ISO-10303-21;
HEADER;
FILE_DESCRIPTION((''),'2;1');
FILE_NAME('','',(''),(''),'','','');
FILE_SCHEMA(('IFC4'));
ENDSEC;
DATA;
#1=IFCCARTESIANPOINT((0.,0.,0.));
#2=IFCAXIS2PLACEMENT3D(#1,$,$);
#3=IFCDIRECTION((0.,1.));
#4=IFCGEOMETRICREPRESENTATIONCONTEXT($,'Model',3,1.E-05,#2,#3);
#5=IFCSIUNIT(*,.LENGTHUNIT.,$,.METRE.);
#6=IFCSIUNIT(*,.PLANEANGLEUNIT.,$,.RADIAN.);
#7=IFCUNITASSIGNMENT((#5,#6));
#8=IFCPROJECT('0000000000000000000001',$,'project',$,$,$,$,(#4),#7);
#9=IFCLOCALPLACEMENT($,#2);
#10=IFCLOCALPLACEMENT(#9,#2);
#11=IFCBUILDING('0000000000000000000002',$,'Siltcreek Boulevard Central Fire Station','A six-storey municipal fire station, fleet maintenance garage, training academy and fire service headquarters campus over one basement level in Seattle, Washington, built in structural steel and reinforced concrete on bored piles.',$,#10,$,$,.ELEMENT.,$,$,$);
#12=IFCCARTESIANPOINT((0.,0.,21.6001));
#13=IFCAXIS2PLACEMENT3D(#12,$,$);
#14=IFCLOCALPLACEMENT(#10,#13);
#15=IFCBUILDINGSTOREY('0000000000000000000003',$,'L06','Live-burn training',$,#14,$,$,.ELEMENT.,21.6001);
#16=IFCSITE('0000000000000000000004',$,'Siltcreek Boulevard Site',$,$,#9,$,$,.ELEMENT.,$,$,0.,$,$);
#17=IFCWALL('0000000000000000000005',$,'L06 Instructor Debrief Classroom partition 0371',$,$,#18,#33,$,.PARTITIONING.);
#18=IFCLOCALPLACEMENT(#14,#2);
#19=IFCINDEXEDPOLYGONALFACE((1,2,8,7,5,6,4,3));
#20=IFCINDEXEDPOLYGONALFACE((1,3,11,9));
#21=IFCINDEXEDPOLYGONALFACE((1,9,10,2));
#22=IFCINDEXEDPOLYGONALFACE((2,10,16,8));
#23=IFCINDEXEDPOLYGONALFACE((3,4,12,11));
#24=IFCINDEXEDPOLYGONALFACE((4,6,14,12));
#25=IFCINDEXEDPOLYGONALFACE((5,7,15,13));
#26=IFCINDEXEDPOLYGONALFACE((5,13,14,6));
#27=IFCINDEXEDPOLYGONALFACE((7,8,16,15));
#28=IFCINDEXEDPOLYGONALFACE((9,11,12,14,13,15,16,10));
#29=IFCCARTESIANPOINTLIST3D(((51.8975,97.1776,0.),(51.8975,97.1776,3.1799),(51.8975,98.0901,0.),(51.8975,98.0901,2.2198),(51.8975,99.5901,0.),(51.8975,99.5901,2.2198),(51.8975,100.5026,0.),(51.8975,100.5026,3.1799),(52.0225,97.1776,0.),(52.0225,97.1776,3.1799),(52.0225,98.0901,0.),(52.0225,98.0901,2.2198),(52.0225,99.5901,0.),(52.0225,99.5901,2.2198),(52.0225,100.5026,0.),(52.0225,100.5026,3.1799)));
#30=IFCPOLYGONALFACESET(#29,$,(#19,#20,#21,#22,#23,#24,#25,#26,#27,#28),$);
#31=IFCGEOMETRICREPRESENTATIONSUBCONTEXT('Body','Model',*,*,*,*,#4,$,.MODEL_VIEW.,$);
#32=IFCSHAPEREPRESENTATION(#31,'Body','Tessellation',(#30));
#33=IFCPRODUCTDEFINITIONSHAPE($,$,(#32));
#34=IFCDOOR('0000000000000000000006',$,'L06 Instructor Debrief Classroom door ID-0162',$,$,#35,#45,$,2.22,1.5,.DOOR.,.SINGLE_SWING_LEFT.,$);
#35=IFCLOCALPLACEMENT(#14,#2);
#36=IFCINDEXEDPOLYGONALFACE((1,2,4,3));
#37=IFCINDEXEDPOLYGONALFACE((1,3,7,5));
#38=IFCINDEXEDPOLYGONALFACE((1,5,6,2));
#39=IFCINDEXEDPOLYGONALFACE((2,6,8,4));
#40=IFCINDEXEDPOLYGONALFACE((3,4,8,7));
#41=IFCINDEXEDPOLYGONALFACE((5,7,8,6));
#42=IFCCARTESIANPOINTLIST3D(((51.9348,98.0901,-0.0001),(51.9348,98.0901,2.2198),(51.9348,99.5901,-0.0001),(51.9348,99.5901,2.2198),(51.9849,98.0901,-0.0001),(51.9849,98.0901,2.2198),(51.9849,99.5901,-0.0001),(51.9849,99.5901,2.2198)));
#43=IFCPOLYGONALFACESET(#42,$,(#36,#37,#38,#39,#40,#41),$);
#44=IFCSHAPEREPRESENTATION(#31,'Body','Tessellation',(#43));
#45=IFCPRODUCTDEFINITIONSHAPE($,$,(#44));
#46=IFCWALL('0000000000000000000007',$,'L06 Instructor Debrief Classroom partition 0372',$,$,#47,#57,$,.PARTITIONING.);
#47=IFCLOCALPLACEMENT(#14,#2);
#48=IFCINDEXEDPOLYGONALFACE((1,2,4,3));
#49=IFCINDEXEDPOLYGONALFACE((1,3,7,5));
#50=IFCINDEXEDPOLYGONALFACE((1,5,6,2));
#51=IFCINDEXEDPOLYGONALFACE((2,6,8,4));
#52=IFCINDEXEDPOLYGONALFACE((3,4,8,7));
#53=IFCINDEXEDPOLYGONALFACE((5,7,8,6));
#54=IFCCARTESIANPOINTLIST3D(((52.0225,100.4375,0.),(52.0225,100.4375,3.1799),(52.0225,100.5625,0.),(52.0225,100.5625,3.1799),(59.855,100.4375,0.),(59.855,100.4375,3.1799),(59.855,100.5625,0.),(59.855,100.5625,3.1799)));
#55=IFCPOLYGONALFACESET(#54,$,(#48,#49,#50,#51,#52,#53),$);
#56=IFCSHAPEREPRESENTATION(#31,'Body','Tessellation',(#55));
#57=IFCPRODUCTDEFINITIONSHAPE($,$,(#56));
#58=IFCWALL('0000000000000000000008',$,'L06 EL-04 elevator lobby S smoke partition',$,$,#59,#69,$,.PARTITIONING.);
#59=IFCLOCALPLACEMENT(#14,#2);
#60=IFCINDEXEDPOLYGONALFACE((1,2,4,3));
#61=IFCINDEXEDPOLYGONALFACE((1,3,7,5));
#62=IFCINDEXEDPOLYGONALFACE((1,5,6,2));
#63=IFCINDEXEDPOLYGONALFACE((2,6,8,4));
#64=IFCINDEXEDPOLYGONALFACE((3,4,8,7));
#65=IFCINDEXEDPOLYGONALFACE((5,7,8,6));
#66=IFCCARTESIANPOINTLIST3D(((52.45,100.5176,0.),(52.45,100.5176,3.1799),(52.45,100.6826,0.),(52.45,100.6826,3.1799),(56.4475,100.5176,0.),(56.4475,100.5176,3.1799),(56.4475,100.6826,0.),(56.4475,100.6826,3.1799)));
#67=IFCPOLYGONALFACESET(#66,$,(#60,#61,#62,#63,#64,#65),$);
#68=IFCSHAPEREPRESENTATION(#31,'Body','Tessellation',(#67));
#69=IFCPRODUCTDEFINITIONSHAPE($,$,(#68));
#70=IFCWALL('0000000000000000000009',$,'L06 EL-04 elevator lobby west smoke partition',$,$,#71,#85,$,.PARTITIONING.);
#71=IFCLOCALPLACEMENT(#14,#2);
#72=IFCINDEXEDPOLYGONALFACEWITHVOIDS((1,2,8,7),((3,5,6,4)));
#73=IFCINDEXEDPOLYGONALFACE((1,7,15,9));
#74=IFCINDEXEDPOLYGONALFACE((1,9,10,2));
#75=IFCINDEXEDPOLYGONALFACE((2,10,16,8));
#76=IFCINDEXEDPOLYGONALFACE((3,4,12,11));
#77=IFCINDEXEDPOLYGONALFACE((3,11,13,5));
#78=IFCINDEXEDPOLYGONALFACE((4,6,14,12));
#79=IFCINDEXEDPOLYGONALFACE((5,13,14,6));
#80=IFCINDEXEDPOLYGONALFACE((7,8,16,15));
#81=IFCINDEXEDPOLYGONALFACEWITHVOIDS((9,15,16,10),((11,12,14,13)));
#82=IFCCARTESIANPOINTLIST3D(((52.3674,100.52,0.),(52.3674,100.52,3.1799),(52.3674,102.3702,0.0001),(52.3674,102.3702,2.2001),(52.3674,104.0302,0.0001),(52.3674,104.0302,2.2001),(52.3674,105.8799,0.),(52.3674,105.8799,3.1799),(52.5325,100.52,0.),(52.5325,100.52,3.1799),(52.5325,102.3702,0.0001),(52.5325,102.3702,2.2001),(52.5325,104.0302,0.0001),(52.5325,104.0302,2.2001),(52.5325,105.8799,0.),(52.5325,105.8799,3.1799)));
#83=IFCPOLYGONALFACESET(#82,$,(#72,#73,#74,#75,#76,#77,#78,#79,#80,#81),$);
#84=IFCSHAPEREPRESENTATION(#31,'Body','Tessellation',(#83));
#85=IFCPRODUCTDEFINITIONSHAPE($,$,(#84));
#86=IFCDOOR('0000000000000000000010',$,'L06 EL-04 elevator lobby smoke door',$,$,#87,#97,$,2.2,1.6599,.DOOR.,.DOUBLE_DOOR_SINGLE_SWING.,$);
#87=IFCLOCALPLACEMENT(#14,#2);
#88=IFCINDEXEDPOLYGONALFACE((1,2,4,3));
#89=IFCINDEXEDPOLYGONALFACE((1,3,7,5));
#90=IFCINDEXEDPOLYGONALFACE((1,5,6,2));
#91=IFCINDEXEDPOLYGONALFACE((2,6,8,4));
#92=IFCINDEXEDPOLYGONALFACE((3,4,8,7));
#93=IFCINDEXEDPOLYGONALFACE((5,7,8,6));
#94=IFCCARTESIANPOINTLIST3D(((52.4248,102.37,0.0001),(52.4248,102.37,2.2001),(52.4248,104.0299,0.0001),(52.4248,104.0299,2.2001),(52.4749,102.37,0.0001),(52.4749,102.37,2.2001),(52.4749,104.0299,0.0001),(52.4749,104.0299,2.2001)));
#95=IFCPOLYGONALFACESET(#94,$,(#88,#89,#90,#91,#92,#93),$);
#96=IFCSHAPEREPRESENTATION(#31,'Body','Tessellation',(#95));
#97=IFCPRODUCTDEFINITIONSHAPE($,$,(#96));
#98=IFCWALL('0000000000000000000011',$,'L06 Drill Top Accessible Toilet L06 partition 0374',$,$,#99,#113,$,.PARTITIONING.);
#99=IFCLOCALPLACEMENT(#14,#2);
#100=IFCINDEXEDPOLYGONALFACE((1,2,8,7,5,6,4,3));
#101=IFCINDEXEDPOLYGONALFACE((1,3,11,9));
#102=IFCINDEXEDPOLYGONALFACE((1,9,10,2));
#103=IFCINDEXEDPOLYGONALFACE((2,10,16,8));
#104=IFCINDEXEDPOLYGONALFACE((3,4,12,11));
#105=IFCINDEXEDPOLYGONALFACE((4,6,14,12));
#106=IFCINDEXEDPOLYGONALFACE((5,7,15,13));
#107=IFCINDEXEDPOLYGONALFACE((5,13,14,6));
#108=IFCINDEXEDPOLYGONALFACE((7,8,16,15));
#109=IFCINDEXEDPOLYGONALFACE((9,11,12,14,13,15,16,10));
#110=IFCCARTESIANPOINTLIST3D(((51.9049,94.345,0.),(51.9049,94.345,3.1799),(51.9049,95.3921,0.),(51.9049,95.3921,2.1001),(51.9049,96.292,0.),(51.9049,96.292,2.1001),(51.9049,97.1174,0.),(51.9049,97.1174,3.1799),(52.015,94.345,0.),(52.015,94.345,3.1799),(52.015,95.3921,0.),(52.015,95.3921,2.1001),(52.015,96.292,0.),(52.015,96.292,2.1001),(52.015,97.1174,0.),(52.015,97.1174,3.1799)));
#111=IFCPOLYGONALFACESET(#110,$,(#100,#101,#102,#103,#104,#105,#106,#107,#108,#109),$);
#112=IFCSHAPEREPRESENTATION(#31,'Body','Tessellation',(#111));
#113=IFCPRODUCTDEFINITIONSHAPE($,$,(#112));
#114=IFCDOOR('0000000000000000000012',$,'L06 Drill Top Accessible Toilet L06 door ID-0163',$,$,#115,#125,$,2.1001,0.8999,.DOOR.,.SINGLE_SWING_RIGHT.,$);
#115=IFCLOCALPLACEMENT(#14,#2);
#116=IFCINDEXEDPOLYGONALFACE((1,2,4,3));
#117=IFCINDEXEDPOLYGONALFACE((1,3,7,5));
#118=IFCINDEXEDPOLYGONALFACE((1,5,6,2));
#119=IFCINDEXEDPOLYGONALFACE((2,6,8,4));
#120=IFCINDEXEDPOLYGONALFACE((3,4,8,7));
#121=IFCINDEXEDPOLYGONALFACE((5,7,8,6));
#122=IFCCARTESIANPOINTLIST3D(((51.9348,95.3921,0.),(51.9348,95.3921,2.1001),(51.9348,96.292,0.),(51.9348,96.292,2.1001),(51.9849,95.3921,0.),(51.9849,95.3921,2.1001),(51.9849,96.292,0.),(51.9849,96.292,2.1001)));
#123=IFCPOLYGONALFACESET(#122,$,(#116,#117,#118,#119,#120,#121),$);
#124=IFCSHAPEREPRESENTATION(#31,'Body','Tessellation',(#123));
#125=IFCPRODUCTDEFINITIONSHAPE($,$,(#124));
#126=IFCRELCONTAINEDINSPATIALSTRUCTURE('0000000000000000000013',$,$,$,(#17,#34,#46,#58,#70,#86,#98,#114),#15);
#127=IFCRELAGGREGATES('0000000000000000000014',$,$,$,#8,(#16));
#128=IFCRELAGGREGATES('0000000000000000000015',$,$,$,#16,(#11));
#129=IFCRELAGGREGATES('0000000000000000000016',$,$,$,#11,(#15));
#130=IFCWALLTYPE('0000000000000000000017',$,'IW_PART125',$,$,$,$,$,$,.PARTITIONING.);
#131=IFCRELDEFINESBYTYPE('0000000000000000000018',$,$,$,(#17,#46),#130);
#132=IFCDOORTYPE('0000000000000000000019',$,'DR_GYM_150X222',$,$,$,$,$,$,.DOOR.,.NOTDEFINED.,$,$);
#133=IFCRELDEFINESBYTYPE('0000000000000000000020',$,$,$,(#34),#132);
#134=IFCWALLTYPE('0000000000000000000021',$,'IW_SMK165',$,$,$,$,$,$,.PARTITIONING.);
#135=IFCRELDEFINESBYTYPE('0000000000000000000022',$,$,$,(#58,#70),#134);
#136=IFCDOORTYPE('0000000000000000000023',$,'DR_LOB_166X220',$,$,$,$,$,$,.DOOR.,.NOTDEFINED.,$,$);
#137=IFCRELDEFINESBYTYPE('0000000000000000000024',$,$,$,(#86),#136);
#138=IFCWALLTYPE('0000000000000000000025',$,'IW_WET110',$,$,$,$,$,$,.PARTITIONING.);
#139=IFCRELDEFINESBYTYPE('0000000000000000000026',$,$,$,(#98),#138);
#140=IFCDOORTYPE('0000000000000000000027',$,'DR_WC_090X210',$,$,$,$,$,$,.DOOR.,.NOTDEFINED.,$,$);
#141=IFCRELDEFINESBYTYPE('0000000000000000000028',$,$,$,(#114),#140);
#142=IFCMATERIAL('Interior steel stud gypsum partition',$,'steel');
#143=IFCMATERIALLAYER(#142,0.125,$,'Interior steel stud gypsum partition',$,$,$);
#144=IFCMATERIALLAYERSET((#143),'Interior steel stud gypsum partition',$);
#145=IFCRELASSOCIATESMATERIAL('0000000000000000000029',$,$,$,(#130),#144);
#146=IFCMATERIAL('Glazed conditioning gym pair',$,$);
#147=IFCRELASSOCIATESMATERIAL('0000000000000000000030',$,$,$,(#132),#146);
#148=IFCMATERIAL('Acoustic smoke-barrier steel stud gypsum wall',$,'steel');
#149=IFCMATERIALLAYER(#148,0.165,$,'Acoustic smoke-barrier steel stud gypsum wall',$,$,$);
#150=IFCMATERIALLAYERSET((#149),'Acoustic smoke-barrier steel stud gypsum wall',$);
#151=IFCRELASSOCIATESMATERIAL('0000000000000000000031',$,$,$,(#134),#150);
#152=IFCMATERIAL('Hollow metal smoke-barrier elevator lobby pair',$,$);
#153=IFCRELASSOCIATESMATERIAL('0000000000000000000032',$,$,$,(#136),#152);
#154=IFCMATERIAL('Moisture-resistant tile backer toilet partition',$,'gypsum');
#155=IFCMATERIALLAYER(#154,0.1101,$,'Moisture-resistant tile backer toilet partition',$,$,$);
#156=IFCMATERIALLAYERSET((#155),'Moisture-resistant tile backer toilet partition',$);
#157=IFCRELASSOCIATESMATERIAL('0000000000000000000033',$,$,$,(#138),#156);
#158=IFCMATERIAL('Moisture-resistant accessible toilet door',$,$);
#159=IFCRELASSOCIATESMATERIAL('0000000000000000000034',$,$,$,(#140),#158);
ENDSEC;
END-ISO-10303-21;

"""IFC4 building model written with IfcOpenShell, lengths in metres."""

from ifc_helpers import new_model, si_unit, direction, frame, frame_2d, origin, place, context, subcontext, project, spatial, rectangle, extrude, material, layer, layer_set, type_object, element, fill, save


model = new_model("IFC4")

# Units and contexts
model_context = context("Model", 3, precision=1e-05, world=origin(), true_north=direction((0.0, 1.0)))
body_context = subcontext(model_context, "Body", "Model", "MODEL_VIEW")
ifc_project = project(units=[si_unit("LENGTHUNIT", "METRE"), si_unit("PLANEANGLEUNIT", "RADIAN")], contexts=[model_context])

# Site, building, storey
site_placement = place(None, origin())
site = spatial("IfcSite", under=ifc_project, at=site_placement, Name="Siltcreek Boulevard Site", CompositionType="ELEMENT", RefElevation=0.0)
building_placement = place(site_placement, origin())
building = spatial("IfcBuilding", under=site, at=building_placement, Name="Siltcreek Boulevard Central Fire Station", Description="A six-storey municipal fire station, fleet maintenance garage, training academy and fire service headquarters campus over one basement level in Seattle, Washington, built in structural steel and reinforced concrete on bored piles.", CompositionType="ELEMENT")
storey_placement = place(building_placement, frame((0.0, 0.0, 21.6001)))
storey = spatial("IfcBuildingStorey", under=building, at=storey_placement, Name="L06", Description="Live-burn training", CompositionType="ELEMENT", Elevation=21.6001)

# Shared definitions
ifc_material_1 = material(Name="Interior steel stud gypsum partition", Category="steel")
ifc_layer_1 = layer(ifc_material_1, 0.125, Name="Interior steel stud gypsum partition")
ifc_layer_set_1 = layer_set([ifc_layer_1], Name="Interior steel stud gypsum partition")
wall_type_1 = type_object("IfcWallType", Name="IW_PART125", PredefinedType="PARTITIONING", material=ifc_layer_set_1)

# Wall, opening, door
wall_1_placement = place(storey_placement, frame((51.96, 97.1775, 0.0), z_axis=(0.0, 0.0, 1.0), x_axis=(0.0, 1.0, 0.0)))
wall_1 = element("IfcWall", 1, at=wall_1_placement, inside=storey, type_object=wall_type_1, Name="L06 Instructor Debrief Classroom partition 0371", PredefinedType="PARTITIONING", context=body_context, shape_type="SweptSolid", body=[
    extrude(rectangle(XDim=3.325, YDim=0.125, at=frame_2d((1.6626, 0.0))), origin(), (0.0, 0.0, 1.0), 3.1799),
])
opening_1_placement = place(wall_1_placement, frame((0.9126, 0.0, 0.0)))
opening_1 = element("IfcOpeningElement", 2, at=opening_1_placement, cuts=wall_1, PredefinedType="OPENING", context=body_context, shape_type="SweptSolid", body=[
    extrude(rectangle(XDim=1.5, YDim=2.22, at=frame_2d((0.75, 1.1099))), frame((0.0, 0.0725, 0.0), z_axis=(0.0, -1.0, 0.0), x_axis=(1.0, 0.0, 0.0)), (0.0, 0.0, 1.0), 0.145),
])
ifc_material_2 = material(Name="Glazed conditioning gym pair")
door_type_1 = type_object("IfcDoorType", Name="DR_GYM_150X222", OperationType="NOTDEFINED", PredefinedType="DOOR", material=ifc_material_2)
door_1_placement = place(opening_1_placement, frame((1.5, 0.0, 0.0), z_axis=(0.0, 0.0, 1.0), x_axis=(-1.0, 0.0, 0.0)))
door_1 = element("IfcDoor", 3, at=door_1_placement, inside=storey, type_object=door_type_1, Name="L06 Instructor Debrief Classroom door ID-0162", OperationType="SINGLE_SWING_LEFT", OverallHeight=2.22, OverallWidth=1.5, PredefinedType="DOOR", context=body_context, shape_type="SweptSolid", body=[
    extrude(rectangle(XDim=1.5, YDim=2.22, at=frame_2d((0.75, 1.1099))), frame((0.0, 0.0249, 0.0), z_axis=(0.0, -1.0, 0.0), x_axis=(1.0, 0.0, 0.0)), (0.0, 0.0, 1.0), 0.05),
])
fill(opening_1, door_1)

# Walls
wall_2_placement = place(storey_placement, frame((52.0225, 100.5, 0.0), z_axis=(0.0, 0.0, 1.0), x_axis=(1.0, 0.0, 0.0)))
element("IfcWall", 4, at=wall_2_placement, inside=storey, type_object=wall_type_1, Name="L06 Instructor Debrief Classroom partition 0372", PredefinedType="PARTITIONING", context=body_context, shape_type="SweptSolid", body=[
    extrude(rectangle(XDim=7.8325, YDim=0.125, at=frame_2d((3.9163, 0.0))), origin(), (0.0, 0.0, 1.0), 3.1799),
])
ifc_material_3 = material(Name="Acoustic smoke-barrier steel stud gypsum wall", Category="steel")
ifc_layer_2 = layer(ifc_material_3, 0.165, Name="Acoustic smoke-barrier steel stud gypsum wall")
ifc_layer_set_2 = layer_set([ifc_layer_2], Name="Acoustic smoke-barrier steel stud gypsum wall")
wall_type_2 = type_object("IfcWallType", Name="IW_SMK165", PredefinedType="PARTITIONING", material=ifc_layer_set_2)
wall_3_placement = place(storey_placement, frame((52.45, 100.6001, 0.0), z_axis=(0.0, 0.0, 1.0), x_axis=(1.0, 0.0, 0.0)))
element("IfcWall", 5, at=wall_3_placement, inside=storey, type_object=wall_type_2, Name="L06 EL-04 elevator lobby S smoke partition", PredefinedType="PARTITIONING", context=body_context, shape_type="SweptSolid", body=[
    extrude(rectangle(XDim=3.9976, YDim=0.165, at=frame_2d((1.9988, 0.0))), origin(), (0.0, 0.0, 1.0), 3.1799),
])

# Walls, openings, doors
wall_4_placement = place(storey_placement, frame((52.45, 100.52, 0.0), z_axis=(0.0, 0.0, 1.0), x_axis=(0.0, 1.0, 0.0)))
wall_4 = element("IfcWall", 6, at=wall_4_placement, inside=storey, type_object=wall_type_2, Name="L06 EL-04 elevator lobby west smoke partition", PredefinedType="PARTITIONING", context=body_context, shape_type="SweptSolid", body=[
    extrude(rectangle(XDim=5.3599, YDim=0.165, at=frame_2d((2.6799, 0.0))), origin(), (0.0, 0.0, 1.0), 3.1799),
])
opening_2_placement = place(wall_4_placement, frame((1.8501, 0.0, 0.0)))
opening_2 = element("IfcOpeningElement", 7, at=opening_2_placement, cuts=wall_4, PredefinedType="OPENING", context=body_context, shape_type="SweptSolid", body=[
    extrude(rectangle(XDim=1.6599, YDim=2.2, at=frame_2d((0.8301, 1.1001))), frame((0.0, 0.0925, 0.0), z_axis=(0.0, -1.0, 0.0), x_axis=(1.0, 0.0, 0.0)), (0.0, 0.0, 1.0), 0.1851),
])
ifc_material_4 = material(Name="Hollow metal smoke-barrier elevator lobby pair")
door_type_2 = type_object("IfcDoorType", Name="DR_LOB_166X220", OperationType="NOTDEFINED", PredefinedType="DOOR", material=ifc_material_4)
door_2_placement = place(opening_2_placement, frame((1.6599, 0.0, 0.0), z_axis=(0.0, 0.0, 1.0), x_axis=(-1.0, 0.0, 0.0)))
door_2 = element("IfcDoor", 8, at=door_2_placement, inside=storey, type_object=door_type_2, Name="L06 EL-04 elevator lobby smoke door", OperationType="DOUBLE_DOOR_SINGLE_SWING", OverallHeight=2.2, OverallWidth=1.6599, PredefinedType="DOOR", context=body_context, shape_type="SweptSolid", body=[
    extrude(rectangle(XDim=1.6599, YDim=2.2, at=frame_2d((0.8301, 1.1001))), frame((0.0, 0.0249, 0.0), z_axis=(0.0, -1.0, 0.0), x_axis=(1.0, 0.0, 0.0)), (0.0, 0.0, 1.0), 0.05),
])
fill(opening_2, door_2)
ifc_material_5 = material(Name="Moisture-resistant tile backer toilet partition", Category="gypsum")
ifc_layer_3 = layer(ifc_material_5, 0.1101, Name="Moisture-resistant tile backer toilet partition")
ifc_layer_set_3 = layer_set([ifc_layer_3], Name="Moisture-resistant tile backer toilet partition")
wall_type_3 = type_object("IfcWallType", Name="IW_WET110", PredefinedType="PARTITIONING", material=ifc_layer_set_3)
wall_5_placement = place(storey_placement, frame((51.96, 94.345, 0.0), z_axis=(0.0, 0.0, 1.0), x_axis=(0.0, 1.0, 0.0)))
wall_5 = element("IfcWall", 9, at=wall_5_placement, inside=storey, type_object=wall_type_3, Name="L06 Drill Top Accessible Toilet L06 partition 0374", PredefinedType="PARTITIONING", context=body_context, shape_type="SweptSolid", body=[
    extrude(rectangle(XDim=2.7725, YDim=0.1101, at=frame_2d((1.3862, 0.0))), origin(), (0.0, 0.0, 1.0), 3.1799),
])
opening_3_placement = place(wall_5_placement, frame((1.0471, 0.0, 0.0)))
opening_3 = element("IfcOpeningElement", 10, at=opening_3_placement, cuts=wall_5, PredefinedType="OPENING", context=body_context, shape_type="SweptSolid", body=[
    extrude(rectangle(XDim=0.8999, YDim=2.1001, at=frame_2d((0.45, 1.05))), frame((0.0, 0.0649, 0.0), z_axis=(0.0, -1.0, 0.0), x_axis=(1.0, 0.0, 0.0)), (0.0, 0.0, 1.0), 0.1301),
])
ifc_material_6 = material(Name="Moisture-resistant accessible toilet door")
door_type_3 = type_object("IfcDoorType", Name="DR_WC_090X210", OperationType="NOTDEFINED", PredefinedType="DOOR", material=ifc_material_6)
door_3_placement = place(opening_3_placement, frame((0.8999, 0.0, 0.0), z_axis=(0.0, 0.0, 1.0), x_axis=(-1.0, 0.0, 0.0)))
door_3 = element("IfcDoor", 11, at=door_3_placement, inside=storey, type_object=door_type_3, Name="L06 Drill Top Accessible Toilet L06 door ID-0163", OperationType="SINGLE_SWING_RIGHT", OverallHeight=2.1001, OverallWidth=0.8999, PredefinedType="DOOR", context=body_context, shape_type="SweptSolid", body=[
    extrude(rectangle(XDim=0.8999, YDim=2.1001, at=frame_2d((0.45, 1.05))), frame((0.0, 0.0249, 0.0), z_axis=(0.0, -1.0, 0.0), x_axis=(1.0, 0.0, 0.0)), (0.0, 0.0, 1.0), 0.05),
])
fill(opening_3, door_3)

save(model, "model.ifc")
